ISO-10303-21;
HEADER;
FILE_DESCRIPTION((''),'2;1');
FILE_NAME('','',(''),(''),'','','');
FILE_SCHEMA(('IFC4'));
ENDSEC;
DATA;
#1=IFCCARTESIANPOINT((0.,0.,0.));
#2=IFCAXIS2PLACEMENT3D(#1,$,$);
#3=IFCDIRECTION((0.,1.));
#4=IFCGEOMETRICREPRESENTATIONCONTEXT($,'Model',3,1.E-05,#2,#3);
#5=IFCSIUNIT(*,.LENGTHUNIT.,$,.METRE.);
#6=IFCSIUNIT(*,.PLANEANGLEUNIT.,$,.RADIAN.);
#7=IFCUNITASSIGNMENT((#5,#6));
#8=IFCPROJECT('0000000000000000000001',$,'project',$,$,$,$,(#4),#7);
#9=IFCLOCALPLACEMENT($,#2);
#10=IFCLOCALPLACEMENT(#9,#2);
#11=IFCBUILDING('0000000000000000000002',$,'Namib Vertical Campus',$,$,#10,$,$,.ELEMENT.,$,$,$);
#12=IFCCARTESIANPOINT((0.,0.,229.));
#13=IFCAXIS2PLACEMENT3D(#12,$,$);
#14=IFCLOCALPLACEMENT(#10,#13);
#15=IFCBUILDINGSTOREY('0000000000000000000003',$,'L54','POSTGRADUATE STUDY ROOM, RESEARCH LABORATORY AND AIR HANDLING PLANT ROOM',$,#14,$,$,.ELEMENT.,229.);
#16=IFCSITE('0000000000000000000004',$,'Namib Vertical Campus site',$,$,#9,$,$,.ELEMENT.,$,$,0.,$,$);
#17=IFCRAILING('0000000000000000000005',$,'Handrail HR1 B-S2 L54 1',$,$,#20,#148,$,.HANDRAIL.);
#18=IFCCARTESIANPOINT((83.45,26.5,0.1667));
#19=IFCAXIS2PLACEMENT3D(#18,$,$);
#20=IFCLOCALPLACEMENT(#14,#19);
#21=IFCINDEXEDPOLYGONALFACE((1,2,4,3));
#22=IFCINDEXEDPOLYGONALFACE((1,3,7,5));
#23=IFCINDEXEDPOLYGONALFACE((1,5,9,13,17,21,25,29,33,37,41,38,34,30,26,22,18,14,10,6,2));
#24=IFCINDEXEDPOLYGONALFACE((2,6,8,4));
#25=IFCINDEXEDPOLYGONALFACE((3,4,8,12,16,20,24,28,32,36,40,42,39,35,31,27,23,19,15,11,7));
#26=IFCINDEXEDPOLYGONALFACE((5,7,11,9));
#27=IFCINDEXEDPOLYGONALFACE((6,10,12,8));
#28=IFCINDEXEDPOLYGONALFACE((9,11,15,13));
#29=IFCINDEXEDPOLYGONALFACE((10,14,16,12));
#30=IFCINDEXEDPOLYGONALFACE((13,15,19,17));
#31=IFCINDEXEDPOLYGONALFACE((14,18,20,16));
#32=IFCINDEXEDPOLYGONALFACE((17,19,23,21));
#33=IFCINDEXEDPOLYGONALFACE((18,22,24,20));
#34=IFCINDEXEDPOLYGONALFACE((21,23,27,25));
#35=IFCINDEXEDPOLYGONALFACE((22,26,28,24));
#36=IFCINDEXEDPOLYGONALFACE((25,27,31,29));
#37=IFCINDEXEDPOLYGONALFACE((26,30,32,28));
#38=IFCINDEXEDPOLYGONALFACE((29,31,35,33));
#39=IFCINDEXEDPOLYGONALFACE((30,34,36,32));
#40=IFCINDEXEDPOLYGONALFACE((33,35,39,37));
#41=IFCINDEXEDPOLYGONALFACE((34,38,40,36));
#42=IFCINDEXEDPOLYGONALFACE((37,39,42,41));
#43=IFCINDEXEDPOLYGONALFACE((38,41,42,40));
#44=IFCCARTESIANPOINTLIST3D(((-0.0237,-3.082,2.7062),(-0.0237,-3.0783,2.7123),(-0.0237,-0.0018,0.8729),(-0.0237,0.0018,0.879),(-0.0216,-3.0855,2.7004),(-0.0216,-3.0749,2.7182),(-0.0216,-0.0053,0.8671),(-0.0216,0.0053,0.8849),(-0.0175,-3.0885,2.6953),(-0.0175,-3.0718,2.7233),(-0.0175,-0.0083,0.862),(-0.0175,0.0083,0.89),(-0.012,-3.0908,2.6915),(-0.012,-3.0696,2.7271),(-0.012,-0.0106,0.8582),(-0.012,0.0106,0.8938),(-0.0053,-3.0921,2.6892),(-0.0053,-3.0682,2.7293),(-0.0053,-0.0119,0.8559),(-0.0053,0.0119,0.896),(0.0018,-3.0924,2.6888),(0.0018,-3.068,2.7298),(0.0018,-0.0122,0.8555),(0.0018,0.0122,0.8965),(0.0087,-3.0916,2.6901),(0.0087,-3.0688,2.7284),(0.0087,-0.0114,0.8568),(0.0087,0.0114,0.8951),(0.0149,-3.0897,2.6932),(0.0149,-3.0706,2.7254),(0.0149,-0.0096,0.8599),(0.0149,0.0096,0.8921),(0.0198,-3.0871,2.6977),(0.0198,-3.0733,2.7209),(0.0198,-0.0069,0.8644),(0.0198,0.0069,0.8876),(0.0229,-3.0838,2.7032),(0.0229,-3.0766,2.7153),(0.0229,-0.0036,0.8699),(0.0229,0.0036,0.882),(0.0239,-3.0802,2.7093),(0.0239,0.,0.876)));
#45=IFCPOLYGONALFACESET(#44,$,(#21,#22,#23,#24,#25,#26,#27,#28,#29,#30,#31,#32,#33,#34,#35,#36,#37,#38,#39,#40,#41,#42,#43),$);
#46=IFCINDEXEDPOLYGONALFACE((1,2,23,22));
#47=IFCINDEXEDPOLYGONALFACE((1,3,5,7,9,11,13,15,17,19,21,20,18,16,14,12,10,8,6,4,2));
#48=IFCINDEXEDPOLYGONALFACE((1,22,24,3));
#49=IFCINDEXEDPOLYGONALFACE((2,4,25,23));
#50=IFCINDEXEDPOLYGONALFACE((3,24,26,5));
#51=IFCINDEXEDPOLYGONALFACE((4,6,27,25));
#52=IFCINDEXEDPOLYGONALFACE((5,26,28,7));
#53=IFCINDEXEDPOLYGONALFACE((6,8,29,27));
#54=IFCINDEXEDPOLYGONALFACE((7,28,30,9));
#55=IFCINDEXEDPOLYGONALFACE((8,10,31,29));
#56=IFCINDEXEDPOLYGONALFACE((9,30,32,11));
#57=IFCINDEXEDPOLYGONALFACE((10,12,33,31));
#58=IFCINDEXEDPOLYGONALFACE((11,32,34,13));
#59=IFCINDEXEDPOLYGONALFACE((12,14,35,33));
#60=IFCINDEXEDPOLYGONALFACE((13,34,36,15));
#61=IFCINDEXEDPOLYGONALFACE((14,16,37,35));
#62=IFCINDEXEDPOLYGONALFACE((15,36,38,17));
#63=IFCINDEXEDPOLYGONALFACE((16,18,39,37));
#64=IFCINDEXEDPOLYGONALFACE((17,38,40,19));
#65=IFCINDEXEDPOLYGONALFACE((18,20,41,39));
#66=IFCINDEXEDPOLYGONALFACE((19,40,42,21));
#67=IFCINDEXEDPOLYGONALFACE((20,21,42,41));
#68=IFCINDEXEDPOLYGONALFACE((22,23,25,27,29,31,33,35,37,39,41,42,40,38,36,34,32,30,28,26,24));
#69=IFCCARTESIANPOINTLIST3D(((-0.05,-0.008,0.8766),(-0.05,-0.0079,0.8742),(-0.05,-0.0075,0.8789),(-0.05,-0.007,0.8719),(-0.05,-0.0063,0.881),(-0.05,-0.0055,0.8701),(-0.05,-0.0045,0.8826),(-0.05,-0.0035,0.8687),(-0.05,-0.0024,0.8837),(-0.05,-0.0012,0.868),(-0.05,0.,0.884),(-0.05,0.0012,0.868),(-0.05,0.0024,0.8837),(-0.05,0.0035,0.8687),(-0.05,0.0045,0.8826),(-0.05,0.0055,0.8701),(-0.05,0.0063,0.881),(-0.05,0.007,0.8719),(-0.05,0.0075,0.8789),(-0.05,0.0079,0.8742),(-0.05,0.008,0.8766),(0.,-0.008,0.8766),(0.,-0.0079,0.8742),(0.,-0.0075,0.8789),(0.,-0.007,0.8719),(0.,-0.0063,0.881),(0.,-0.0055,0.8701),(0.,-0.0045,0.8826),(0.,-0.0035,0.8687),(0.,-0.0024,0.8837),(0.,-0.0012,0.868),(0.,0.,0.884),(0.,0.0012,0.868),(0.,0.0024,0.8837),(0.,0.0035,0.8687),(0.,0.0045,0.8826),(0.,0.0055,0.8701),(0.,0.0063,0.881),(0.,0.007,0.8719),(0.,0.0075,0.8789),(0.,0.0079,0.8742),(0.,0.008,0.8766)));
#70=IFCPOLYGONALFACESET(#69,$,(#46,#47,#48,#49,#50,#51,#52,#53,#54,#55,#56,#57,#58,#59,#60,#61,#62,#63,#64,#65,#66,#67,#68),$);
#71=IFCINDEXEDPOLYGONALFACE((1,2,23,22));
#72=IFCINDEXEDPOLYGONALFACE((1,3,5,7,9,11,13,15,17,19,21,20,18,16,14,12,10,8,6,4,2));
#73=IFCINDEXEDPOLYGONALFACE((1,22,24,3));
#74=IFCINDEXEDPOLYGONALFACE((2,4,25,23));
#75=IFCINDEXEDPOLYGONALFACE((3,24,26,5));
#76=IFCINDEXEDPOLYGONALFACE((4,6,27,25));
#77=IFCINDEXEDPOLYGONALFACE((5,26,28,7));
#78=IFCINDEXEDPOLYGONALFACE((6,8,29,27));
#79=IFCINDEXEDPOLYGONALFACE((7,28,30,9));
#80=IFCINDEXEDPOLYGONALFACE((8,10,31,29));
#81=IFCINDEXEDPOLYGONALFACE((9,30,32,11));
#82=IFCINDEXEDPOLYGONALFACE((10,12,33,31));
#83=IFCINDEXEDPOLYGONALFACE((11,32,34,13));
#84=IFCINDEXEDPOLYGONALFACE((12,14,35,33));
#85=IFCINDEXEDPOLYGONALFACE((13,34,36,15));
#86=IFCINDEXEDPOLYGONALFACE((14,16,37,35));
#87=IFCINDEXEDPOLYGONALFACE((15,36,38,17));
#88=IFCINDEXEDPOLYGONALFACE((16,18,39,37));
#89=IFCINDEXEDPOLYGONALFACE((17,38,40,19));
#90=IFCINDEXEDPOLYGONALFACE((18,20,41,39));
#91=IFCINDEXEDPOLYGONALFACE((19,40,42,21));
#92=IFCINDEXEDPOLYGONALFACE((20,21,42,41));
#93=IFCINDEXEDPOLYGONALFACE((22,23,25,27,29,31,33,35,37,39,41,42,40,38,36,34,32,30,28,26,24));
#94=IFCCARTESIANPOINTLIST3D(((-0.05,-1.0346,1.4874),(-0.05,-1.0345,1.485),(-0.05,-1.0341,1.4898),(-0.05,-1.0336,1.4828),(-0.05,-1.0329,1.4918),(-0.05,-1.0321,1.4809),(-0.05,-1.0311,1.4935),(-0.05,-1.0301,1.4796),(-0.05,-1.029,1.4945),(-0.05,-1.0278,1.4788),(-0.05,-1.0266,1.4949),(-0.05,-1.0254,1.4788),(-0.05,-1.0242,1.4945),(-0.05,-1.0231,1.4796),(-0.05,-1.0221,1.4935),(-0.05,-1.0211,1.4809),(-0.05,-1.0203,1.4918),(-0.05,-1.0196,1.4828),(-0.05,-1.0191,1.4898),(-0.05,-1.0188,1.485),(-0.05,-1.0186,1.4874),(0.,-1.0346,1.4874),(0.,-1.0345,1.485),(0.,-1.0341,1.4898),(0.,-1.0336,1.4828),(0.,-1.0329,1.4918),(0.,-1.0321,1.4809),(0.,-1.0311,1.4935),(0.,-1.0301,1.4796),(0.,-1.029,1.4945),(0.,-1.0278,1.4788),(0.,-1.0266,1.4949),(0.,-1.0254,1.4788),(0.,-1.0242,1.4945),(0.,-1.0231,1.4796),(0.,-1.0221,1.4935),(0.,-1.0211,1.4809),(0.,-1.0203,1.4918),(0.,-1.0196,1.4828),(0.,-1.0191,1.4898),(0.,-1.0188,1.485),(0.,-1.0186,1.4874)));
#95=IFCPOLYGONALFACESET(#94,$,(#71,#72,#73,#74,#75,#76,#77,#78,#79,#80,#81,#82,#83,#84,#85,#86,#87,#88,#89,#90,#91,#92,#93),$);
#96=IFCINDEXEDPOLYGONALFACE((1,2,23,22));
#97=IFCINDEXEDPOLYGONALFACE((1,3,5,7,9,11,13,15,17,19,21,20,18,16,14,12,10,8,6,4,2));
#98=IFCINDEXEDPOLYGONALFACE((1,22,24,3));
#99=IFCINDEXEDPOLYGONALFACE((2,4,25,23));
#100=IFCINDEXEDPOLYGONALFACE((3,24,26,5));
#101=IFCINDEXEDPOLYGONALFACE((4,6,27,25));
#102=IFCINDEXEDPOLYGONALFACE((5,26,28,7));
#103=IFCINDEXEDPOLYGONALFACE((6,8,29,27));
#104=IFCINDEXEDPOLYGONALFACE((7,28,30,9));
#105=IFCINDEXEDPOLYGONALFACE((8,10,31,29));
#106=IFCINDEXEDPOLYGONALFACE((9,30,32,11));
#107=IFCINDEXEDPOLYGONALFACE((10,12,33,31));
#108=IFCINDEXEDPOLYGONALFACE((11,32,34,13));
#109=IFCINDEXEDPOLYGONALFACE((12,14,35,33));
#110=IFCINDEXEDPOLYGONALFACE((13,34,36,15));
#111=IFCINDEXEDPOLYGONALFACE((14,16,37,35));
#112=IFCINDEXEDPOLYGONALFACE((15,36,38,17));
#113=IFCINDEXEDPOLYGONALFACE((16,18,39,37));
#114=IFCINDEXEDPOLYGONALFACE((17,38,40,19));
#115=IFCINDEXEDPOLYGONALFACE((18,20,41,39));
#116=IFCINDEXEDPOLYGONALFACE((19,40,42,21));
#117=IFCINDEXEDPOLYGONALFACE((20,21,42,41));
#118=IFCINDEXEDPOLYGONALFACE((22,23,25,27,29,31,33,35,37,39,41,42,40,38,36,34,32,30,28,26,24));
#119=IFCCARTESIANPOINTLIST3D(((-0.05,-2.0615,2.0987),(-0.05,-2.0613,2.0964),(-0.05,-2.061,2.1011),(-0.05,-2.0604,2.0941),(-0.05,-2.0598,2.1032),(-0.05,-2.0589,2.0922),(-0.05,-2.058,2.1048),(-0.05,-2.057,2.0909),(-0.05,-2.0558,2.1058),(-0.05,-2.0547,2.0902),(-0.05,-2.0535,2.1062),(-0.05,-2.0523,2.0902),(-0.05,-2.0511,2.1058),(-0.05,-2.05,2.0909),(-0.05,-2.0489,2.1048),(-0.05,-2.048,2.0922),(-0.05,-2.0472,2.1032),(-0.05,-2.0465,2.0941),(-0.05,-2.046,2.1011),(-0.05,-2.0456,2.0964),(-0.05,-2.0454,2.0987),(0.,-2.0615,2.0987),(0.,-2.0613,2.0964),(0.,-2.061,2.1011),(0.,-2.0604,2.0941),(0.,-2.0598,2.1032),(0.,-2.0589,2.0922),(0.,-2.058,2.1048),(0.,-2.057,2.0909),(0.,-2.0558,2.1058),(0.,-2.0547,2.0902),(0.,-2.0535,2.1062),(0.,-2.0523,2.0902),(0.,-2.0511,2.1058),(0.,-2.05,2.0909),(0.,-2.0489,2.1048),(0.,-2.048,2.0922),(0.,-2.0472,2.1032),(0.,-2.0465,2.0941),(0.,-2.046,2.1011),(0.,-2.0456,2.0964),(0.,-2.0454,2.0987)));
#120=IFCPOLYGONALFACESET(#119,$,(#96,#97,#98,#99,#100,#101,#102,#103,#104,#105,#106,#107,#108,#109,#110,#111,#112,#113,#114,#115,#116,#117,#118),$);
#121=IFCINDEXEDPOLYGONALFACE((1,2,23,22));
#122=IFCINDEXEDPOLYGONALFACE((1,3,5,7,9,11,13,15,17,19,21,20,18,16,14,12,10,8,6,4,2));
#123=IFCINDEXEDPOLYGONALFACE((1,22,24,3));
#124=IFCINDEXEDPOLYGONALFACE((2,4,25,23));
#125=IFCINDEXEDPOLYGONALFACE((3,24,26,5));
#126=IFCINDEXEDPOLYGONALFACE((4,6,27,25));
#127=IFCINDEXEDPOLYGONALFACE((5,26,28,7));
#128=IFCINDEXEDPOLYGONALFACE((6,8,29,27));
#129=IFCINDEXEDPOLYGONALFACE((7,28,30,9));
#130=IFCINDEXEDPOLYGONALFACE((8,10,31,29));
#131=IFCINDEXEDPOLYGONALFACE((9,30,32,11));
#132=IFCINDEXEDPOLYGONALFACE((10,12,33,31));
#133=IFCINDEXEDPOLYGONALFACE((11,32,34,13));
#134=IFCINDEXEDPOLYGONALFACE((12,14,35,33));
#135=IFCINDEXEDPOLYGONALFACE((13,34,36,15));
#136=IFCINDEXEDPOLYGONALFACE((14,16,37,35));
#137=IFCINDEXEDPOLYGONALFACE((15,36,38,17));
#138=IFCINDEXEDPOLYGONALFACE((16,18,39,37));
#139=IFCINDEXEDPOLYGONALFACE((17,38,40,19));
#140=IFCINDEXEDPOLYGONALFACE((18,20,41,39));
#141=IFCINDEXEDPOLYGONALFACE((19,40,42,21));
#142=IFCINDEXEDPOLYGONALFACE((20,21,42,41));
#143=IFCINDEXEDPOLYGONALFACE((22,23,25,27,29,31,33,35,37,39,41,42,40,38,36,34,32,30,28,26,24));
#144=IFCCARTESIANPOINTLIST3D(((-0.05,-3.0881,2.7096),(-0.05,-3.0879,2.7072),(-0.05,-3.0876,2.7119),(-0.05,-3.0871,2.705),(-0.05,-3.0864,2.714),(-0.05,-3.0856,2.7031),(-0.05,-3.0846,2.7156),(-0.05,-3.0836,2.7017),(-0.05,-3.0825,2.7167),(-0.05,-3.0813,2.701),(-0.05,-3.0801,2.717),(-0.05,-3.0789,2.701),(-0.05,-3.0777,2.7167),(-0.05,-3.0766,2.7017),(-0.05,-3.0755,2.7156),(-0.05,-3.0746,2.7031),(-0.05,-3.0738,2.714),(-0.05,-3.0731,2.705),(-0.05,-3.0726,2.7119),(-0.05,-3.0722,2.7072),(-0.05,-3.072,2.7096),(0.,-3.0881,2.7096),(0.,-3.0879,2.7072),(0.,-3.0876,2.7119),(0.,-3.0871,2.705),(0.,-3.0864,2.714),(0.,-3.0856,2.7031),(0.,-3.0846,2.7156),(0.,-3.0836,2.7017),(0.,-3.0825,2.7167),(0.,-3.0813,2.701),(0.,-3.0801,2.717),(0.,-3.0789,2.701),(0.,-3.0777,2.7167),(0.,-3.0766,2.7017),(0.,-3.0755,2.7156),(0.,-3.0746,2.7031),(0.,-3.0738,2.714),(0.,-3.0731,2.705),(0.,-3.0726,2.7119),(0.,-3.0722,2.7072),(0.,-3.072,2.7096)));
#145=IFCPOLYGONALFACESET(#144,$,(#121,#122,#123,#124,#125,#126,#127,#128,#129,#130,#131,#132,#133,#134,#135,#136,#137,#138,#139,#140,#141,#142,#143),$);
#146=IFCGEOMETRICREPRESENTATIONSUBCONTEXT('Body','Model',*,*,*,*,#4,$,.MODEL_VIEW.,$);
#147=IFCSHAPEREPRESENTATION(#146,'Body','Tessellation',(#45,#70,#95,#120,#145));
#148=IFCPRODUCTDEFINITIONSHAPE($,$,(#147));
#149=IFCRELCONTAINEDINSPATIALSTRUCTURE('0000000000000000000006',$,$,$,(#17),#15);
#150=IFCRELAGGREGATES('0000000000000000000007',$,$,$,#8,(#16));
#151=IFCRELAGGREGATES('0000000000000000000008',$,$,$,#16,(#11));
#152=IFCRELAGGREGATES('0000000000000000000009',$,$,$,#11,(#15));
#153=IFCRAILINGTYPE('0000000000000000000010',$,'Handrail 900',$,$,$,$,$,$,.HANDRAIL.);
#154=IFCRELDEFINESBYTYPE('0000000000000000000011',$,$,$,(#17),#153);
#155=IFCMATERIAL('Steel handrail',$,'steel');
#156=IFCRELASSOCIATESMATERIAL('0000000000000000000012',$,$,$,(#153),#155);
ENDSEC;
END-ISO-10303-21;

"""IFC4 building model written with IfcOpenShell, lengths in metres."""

from ifc_helpers import new_model, si_unit, direction, frame, origin, origin_2d, place, context, subcontext, project, spatial, circle, extrude, material, type_object, element, save


model = new_model("IFC4")

# Units and contexts
model_context = context("Model", 3, precision=1e-05, world=origin(), true_north=direction((0.0, 1.0)))
body_context = subcontext(model_context, "Body", "Model", "MODEL_VIEW")
ifc_project = project(units=[si_unit("LENGTHUNIT", "METRE"), si_unit("PLANEANGLEUNIT", "RADIAN")], contexts=[model_context])

# Site, building, storey
site_placement = place(None, origin())
site = spatial("IfcSite", under=ifc_project, at=site_placement, Name="Namib Vertical Campus site", CompositionType="ELEMENT", RefElevation=0.0)
building_placement = place(site_placement, origin())
building = spatial("IfcBuilding", under=site, at=building_placement, Name="Namib Vertical Campus", CompositionType="ELEMENT")
storey_placement = place(building_placement, frame((0.0, 0.0, 229.0)))
storey = spatial("IfcBuildingStorey", under=building, at=storey_placement, Name="L54", Description="POSTGRADUATE STUDY ROOM, RESEARCH LABORATORY AND AIR HANDLING PLANT ROOM", CompositionType="ELEMENT", Elevation=229.0)

# Railing
ifc_material_1 = material(Name="Steel handrail", Category="steel")
railing_type_1 = type_object("IfcRailingType", Name="Handrail 900", PredefinedType="HANDRAIL", material=ifc_material_1)
railing_1_placement = place(storey_placement, frame((83.45, 26.5, 0.1667)))
element("IfcRailing", 1, at=railing_1_placement, inside=storey, type_object=railing_type_1, Name="Handrail HR1 B-S2 L54 1", PredefinedType="HANDRAIL", context=body_context, shape_type="SweptSolid", body=[
    extrude(circle(Radius=0.0239, at=origin_2d()), frame((0.0, 0.0, 0.876), z_axis=(0.0, -0.859309, 0.511458), x_axis=(1.0, 0.0, 0.0)), (0.0, 0.0, 1.0), 3.5845),
    extrude(circle(Radius=0.0081, at=origin_2d()), frame((0.0, 0.0, 0.876), z_axis=(-1.0, 0.0, 0.0), x_axis=(0.0, 0.0, 1.0)), (0.0, 0.0, 1.0), 0.05),
    extrude(circle(Radius=0.0081, at=origin_2d()), frame((0.0, -1.0266, 1.4868), z_axis=(-1.0, 0.0, 0.0), x_axis=(0.0, 0.0, 1.0)), (0.0, 0.0, 1.0), 0.05),
    extrude(circle(Radius=0.0081, at=origin_2d()), frame((0.0, -2.0535, 2.0981), z_axis=(-1.0, 0.0, 0.0), x_axis=(0.0, 0.0, 1.0)), (0.0, 0.0, 1.0), 0.05),
    extrude(circle(Radius=0.0081, at=origin_2d()), frame((0.0, -3.0801, 2.709), z_axis=(-1.0, 0.0, 0.0), x_axis=(0.0, 0.0, 1.0)), (0.0, 0.0, 1.0), 0.05),
])

save(model, "model.ifc")
